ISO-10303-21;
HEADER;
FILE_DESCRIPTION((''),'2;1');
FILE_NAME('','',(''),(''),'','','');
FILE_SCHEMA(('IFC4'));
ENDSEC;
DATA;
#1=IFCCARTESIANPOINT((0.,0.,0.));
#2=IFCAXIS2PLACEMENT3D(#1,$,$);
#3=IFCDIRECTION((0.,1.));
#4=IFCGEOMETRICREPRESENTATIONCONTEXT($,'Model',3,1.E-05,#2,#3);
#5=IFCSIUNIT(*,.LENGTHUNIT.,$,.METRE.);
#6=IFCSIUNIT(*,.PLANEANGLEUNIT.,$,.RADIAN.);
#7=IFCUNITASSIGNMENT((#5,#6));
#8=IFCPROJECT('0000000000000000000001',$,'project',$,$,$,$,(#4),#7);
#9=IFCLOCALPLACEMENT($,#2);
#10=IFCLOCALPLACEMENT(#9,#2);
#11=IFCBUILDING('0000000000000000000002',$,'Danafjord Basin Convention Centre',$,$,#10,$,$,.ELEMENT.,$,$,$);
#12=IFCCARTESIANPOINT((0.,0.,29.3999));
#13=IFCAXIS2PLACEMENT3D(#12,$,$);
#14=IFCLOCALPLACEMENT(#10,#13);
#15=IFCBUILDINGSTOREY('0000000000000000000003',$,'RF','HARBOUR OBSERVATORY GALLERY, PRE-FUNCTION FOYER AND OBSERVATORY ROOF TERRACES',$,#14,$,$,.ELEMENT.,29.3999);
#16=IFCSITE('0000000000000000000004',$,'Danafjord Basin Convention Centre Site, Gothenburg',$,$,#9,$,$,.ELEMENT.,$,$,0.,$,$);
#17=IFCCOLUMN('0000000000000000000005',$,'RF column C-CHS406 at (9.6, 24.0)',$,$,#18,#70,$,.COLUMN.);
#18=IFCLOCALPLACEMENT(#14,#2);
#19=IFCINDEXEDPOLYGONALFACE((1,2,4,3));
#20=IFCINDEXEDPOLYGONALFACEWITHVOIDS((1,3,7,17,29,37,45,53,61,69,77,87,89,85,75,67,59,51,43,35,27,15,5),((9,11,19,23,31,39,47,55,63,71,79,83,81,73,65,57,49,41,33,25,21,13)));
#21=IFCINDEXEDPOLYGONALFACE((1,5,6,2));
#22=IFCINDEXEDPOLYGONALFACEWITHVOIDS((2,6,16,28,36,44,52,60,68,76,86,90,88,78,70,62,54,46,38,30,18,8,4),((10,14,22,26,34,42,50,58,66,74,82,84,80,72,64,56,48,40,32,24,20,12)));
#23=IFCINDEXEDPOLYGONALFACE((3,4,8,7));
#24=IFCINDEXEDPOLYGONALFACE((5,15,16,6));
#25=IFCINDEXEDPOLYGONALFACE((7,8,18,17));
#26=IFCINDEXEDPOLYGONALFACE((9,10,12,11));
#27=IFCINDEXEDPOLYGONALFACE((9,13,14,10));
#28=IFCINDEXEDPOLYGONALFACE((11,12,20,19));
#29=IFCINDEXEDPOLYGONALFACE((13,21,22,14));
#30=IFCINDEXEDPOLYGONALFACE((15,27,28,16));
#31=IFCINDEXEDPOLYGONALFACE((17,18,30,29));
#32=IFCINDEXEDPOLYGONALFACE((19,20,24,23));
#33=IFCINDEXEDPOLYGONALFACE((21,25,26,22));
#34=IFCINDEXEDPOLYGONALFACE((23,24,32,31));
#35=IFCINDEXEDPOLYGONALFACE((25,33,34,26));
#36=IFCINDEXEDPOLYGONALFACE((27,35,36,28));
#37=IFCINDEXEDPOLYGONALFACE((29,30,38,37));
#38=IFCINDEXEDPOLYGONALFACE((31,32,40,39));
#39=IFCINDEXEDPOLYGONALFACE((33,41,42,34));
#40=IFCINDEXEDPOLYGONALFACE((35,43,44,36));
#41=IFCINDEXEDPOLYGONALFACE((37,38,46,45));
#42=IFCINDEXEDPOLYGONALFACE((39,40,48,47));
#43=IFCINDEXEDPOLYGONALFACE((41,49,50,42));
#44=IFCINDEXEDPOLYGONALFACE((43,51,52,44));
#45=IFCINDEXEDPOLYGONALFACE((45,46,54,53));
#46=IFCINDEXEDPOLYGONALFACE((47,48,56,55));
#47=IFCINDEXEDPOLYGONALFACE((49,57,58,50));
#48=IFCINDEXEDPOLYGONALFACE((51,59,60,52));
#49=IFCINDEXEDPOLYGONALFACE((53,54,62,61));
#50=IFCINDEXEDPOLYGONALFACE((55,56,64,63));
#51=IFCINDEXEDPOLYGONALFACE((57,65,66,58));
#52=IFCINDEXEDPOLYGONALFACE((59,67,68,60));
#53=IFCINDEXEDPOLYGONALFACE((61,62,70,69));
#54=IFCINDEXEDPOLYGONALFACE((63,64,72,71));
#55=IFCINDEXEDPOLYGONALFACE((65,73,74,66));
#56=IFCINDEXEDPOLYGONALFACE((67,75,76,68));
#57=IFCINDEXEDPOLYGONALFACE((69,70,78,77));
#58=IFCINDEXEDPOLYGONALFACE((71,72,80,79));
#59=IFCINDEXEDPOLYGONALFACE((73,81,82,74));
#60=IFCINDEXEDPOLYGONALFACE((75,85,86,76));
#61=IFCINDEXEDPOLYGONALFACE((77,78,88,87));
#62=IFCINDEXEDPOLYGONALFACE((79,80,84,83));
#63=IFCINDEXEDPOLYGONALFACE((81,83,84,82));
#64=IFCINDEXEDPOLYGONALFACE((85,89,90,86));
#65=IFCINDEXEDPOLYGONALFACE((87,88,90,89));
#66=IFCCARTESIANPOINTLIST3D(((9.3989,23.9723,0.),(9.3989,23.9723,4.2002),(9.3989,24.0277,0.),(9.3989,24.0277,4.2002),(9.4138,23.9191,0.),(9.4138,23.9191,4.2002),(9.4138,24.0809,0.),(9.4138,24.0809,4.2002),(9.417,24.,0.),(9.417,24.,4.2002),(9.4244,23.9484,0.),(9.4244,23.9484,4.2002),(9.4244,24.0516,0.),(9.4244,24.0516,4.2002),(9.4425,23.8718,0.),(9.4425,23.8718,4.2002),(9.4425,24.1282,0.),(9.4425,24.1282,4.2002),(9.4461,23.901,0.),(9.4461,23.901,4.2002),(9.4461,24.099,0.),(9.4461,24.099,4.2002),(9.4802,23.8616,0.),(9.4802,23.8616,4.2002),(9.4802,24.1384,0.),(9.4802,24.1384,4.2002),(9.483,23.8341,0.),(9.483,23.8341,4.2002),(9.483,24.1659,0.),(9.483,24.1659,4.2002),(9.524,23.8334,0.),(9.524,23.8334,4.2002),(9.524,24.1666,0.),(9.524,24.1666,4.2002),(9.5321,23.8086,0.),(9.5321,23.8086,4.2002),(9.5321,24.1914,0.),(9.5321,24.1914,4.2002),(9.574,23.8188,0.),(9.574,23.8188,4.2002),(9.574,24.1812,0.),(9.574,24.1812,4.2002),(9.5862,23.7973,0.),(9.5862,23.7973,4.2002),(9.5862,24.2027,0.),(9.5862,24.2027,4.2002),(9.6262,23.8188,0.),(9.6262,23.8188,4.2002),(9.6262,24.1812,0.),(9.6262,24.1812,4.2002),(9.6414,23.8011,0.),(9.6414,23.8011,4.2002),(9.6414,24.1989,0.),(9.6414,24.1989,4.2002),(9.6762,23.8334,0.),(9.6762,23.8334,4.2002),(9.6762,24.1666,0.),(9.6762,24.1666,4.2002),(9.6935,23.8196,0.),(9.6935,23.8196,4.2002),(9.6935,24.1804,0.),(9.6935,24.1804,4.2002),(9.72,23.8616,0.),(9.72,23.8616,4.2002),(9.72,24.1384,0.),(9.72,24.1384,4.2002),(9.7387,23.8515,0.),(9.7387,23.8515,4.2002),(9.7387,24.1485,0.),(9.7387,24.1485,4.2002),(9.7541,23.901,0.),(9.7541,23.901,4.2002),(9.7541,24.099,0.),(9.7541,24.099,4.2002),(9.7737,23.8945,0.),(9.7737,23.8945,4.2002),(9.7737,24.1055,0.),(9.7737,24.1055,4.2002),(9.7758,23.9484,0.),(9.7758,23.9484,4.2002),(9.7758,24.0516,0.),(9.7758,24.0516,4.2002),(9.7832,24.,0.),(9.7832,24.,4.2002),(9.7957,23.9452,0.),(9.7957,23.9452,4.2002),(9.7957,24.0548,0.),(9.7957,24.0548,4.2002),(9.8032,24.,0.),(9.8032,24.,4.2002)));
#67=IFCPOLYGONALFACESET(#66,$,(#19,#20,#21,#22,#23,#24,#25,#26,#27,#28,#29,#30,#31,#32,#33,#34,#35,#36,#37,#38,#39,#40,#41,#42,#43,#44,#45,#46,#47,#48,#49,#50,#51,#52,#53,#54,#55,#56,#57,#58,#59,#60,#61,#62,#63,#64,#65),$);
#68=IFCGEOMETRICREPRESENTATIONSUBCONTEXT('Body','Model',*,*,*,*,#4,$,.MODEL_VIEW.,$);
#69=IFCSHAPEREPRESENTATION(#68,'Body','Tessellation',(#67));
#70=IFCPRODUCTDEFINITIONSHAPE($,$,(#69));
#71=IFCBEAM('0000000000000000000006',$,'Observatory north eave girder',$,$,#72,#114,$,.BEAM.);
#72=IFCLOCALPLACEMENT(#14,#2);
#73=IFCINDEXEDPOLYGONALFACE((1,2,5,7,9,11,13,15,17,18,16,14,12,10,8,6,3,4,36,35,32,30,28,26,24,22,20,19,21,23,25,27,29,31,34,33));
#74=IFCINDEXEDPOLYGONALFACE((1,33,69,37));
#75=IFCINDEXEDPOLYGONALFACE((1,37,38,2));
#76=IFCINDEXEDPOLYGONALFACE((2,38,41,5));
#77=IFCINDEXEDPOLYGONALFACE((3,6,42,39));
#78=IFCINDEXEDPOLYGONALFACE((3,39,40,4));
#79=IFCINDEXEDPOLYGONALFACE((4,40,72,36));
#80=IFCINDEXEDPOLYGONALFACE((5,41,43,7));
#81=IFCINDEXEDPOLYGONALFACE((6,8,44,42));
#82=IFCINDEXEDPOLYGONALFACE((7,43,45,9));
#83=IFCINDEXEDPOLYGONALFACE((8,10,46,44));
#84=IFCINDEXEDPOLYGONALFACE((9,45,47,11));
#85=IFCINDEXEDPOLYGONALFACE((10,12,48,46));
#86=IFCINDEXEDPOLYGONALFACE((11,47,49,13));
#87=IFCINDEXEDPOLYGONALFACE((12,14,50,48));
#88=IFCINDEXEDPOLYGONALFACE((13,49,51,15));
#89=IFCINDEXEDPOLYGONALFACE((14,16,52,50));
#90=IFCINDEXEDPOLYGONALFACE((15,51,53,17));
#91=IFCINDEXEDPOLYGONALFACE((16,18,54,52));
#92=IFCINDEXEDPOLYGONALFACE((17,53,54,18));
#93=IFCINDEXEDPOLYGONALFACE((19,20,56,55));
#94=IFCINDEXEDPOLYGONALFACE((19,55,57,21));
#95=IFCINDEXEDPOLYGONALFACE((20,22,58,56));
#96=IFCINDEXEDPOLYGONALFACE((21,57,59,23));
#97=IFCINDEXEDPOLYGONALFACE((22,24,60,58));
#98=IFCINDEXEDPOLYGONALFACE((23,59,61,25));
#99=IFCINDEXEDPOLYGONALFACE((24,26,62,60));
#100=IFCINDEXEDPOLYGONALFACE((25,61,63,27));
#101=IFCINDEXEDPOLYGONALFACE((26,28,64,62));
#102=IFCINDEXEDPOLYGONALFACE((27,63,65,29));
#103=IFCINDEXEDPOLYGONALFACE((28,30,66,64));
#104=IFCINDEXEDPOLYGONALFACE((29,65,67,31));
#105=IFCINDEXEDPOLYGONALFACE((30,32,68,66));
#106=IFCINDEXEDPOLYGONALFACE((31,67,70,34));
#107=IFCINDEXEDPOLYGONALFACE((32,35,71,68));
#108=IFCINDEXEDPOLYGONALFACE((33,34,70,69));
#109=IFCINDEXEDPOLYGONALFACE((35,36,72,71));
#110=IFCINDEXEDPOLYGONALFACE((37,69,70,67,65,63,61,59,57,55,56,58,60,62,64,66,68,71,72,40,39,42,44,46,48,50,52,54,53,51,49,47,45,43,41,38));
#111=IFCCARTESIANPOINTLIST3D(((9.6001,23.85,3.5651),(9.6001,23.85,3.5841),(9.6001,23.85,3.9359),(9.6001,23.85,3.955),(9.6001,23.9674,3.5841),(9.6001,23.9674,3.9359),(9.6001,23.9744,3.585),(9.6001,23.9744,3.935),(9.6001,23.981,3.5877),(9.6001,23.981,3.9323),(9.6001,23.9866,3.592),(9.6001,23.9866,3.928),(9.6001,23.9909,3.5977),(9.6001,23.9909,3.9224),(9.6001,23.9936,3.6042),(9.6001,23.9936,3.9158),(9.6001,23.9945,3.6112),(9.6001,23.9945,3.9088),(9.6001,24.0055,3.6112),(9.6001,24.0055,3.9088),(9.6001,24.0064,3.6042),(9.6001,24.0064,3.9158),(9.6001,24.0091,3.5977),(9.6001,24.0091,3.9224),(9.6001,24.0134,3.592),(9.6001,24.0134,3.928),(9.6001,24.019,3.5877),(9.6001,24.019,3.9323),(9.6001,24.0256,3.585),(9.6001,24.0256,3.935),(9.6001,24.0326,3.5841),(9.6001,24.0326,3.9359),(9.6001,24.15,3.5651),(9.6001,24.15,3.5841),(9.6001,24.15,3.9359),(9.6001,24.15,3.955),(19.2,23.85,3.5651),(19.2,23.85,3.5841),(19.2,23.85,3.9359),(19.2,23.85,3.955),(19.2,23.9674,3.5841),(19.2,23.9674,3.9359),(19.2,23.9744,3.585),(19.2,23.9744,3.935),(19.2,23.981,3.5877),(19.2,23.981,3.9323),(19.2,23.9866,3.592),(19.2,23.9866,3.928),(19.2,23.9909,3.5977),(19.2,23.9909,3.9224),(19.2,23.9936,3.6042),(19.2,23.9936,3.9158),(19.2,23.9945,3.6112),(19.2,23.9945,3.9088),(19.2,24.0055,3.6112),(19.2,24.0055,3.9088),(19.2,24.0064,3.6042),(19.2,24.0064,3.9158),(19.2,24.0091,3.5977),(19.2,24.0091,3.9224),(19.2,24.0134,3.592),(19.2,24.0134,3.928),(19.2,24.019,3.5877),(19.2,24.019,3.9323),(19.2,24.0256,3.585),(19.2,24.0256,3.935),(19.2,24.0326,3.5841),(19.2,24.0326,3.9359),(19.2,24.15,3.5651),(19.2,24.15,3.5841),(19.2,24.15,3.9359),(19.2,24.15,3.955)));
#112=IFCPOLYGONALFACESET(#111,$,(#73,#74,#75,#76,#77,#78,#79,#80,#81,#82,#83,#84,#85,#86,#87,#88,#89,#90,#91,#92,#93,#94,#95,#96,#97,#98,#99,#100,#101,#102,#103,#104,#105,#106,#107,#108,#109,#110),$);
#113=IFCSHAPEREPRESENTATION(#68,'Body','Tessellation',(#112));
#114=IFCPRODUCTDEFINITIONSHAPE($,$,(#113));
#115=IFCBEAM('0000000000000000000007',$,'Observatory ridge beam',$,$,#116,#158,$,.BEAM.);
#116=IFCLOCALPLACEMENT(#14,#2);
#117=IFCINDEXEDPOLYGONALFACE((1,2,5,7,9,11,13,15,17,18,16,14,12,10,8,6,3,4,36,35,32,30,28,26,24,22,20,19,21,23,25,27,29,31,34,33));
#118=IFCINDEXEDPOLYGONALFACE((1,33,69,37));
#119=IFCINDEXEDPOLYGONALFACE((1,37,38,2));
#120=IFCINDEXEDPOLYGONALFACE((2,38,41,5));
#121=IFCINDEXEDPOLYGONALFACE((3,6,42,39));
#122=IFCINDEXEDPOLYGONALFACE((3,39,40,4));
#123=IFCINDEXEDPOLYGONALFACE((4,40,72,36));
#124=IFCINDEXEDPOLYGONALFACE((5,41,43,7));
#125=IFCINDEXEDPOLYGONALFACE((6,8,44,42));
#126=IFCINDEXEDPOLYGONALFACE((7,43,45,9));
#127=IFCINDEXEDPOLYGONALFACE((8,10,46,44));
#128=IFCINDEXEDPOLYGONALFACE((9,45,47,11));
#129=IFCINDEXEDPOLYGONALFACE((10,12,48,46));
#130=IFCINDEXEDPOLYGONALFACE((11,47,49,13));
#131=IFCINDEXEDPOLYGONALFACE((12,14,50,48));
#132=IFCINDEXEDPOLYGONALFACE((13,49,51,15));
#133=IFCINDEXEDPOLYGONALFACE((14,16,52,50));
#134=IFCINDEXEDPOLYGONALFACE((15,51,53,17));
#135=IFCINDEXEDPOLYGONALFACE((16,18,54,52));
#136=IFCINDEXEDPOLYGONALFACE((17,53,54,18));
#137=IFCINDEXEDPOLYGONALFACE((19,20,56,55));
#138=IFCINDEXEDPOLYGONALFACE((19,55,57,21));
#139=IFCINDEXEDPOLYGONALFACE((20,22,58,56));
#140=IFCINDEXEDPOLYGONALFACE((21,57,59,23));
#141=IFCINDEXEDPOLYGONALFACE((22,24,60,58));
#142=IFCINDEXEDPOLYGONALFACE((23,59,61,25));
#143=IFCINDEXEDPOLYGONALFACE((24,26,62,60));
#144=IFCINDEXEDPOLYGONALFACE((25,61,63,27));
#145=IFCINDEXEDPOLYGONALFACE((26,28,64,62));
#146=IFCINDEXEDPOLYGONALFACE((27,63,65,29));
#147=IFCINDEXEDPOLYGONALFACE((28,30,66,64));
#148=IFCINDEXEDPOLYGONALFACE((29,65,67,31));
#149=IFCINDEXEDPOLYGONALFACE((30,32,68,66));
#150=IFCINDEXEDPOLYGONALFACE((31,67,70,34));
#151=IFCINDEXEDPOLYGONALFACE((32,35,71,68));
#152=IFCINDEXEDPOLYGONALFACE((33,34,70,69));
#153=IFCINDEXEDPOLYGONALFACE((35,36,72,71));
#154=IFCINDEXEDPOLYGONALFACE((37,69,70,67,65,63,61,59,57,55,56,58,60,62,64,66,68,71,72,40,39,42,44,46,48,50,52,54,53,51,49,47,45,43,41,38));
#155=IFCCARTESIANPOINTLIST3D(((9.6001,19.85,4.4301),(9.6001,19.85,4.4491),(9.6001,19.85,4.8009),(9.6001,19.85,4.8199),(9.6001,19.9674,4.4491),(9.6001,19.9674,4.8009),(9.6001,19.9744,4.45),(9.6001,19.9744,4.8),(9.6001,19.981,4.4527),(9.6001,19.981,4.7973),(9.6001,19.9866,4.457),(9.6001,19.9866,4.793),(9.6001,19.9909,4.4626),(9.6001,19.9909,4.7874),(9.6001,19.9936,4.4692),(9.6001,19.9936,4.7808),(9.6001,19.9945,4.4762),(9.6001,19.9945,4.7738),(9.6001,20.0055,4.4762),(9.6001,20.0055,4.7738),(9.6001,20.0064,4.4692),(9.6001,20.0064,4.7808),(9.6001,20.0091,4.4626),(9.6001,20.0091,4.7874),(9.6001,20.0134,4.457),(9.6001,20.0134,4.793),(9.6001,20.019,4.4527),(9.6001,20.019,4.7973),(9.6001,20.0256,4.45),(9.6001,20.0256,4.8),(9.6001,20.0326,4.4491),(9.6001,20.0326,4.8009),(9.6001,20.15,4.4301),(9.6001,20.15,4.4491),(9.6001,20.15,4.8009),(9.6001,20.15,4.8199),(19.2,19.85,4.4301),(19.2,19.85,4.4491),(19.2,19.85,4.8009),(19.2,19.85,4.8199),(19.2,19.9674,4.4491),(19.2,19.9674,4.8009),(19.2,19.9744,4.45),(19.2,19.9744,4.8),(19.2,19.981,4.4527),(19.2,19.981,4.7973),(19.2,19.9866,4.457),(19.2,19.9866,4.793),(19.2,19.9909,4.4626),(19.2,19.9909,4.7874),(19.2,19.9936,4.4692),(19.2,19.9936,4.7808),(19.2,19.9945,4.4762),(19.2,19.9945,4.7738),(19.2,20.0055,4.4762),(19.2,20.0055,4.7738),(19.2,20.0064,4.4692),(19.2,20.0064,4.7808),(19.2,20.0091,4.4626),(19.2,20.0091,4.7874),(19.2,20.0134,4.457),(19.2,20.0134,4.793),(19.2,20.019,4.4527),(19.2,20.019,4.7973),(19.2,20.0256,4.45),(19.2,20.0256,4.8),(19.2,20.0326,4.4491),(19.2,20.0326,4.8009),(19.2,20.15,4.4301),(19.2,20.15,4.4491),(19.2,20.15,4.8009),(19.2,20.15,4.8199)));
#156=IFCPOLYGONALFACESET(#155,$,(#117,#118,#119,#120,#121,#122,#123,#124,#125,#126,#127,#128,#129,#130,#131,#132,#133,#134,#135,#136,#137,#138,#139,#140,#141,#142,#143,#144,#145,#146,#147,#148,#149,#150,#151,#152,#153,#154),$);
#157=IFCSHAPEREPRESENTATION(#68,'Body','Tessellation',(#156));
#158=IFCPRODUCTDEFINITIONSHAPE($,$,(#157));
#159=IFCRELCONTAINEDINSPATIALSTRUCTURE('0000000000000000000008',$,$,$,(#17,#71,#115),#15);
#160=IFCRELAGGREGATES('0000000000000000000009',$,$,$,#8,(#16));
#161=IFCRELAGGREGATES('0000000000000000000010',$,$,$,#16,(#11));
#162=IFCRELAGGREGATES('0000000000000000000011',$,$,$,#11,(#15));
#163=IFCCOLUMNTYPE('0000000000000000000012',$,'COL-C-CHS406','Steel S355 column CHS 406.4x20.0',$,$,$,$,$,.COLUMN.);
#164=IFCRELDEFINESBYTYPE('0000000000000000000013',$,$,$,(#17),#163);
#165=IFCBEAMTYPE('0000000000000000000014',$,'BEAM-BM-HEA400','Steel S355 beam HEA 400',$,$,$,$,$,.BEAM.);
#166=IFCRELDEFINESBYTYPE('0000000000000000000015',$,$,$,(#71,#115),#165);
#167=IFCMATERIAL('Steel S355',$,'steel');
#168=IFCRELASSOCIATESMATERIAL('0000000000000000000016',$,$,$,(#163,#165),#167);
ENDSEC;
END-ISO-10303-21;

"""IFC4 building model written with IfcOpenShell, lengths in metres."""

from ifc_helpers import new_model, si_unit, direction, frame, origin, origin_2d, place, context, subcontext, project, spatial, hollow_circle, i_section, extrude, material, material_profile, profile_set, type_object, element, save


model = new_model("IFC4")

# Units and contexts
model_context = context("Model", 3, precision=1e-05, world=origin(), true_north=direction((0.0, 1.0)))
body_context = subcontext(model_context, "Body", "Model", "MODEL_VIEW")
ifc_project = project(units=[si_unit("LENGTHUNIT", "METRE"), si_unit("PLANEANGLEUNIT", "RADIAN")], contexts=[model_context])

# Site, building, storey
site_placement = place(None, origin())
site = spatial("IfcSite", under=ifc_project, at=site_placement, Name="Danafjord Basin Convention Centre Site, Gothenburg", CompositionType="ELEMENT", RefElevation=0.0)
building_placement = place(site_placement, origin())
building = spatial("IfcBuilding", under=site, at=building_placement, Name="Danafjord Basin Convention Centre", CompositionType="ELEMENT")
storey_placement = place(building_placement, frame((0.0, 0.0, 29.3999)))
storey = spatial("IfcBuildingStorey", under=building, at=storey_placement, Name="RF", Description="HARBOUR OBSERVATORY GALLERY, PRE-FUNCTION FOYER AND OBSERVATORY ROOF TERRACES", CompositionType="ELEMENT", Elevation=29.3999)

# Column
ifc_material_1 = material(Name="Steel S355", Category="steel")
ifc_material_profile_1 = material_profile(ifc_material_1, hollow_circle(Radius=0.2031, WallThickness=0.02, at=origin_2d()), Name="CHS 406.4x20.0")
ifc_profile_set_1 = profile_set([ifc_material_profile_1], Name="Steel S355")
column_type = type_object("IfcColumnType", Name="COL-C-CHS406", Description="Steel S355 column CHS 406.4x20.0", PredefinedType="COLUMN", material=ifc_profile_set_1)
column_placement = place(storey_placement, frame((9.6001, 24.0, 0.0), z_axis=(0.0, 0.0, 1.0), x_axis=(1.0, 0.0, 0.0)))
element("IfcColumn", 1, at=column_placement, inside=storey, type_object=column_type, Name="RF column C-CHS406 at (9.6, 24.0)", PredefinedType="COLUMN", context=body_context, shape_type="SweptSolid", body=[
    extrude(hollow_circle(Radius=0.2031, WallThickness=0.02, at=origin_2d()), origin(), (0.0, 0.0, 1.0), 4.2002),
])

# Beams
ifc_material_profile_2 = material_profile(ifc_material_1, i_section(OverallWidth=0.3, OverallDepth=0.3899, WebThickness=0.011, FlangeThickness=0.019, FilletRadius=0.0271, at=origin_2d()), Name="HEA 400")
ifc_profile_set_2 = profile_set([ifc_material_profile_2], Name="Steel S355")
beam_type_1 = type_object("IfcBeamType", Name="BEAM-BM-HEA400", Description="Steel S355 beam HEA 400", PredefinedType="BEAM", material=ifc_profile_set_2)
for number, where, z_axis, x_axis, name in (
    (2, (9.6001, 24.0, 3.76), (1.0, 0.0, 0.0), (0.0, 1.0, 0.0), "Observatory north eave girder"),
    (3, (9.6001, 20.0, 4.625), (1.0, 0.0, 0.0), (0.0, 1.0, 0.0), "Observatory ridge beam"),
):
    element("IfcBeam", number, at=place(storey_placement, frame(where, z_axis=z_axis, x_axis=x_axis)), inside=storey, type_object=beam_type_1, Name=name, PredefinedType="BEAM", context=body_context, shape_type="SweptSolid", body=[
        extrude(i_section(OverallWidth=0.3, OverallDepth=0.3899, WebThickness=0.011, FlangeThickness=0.019, FilletRadius=0.0271, at=origin_2d()), origin(), (0.0, 0.0, 1.0), 9.5999),
    ])

save(model, "model.ifc")
